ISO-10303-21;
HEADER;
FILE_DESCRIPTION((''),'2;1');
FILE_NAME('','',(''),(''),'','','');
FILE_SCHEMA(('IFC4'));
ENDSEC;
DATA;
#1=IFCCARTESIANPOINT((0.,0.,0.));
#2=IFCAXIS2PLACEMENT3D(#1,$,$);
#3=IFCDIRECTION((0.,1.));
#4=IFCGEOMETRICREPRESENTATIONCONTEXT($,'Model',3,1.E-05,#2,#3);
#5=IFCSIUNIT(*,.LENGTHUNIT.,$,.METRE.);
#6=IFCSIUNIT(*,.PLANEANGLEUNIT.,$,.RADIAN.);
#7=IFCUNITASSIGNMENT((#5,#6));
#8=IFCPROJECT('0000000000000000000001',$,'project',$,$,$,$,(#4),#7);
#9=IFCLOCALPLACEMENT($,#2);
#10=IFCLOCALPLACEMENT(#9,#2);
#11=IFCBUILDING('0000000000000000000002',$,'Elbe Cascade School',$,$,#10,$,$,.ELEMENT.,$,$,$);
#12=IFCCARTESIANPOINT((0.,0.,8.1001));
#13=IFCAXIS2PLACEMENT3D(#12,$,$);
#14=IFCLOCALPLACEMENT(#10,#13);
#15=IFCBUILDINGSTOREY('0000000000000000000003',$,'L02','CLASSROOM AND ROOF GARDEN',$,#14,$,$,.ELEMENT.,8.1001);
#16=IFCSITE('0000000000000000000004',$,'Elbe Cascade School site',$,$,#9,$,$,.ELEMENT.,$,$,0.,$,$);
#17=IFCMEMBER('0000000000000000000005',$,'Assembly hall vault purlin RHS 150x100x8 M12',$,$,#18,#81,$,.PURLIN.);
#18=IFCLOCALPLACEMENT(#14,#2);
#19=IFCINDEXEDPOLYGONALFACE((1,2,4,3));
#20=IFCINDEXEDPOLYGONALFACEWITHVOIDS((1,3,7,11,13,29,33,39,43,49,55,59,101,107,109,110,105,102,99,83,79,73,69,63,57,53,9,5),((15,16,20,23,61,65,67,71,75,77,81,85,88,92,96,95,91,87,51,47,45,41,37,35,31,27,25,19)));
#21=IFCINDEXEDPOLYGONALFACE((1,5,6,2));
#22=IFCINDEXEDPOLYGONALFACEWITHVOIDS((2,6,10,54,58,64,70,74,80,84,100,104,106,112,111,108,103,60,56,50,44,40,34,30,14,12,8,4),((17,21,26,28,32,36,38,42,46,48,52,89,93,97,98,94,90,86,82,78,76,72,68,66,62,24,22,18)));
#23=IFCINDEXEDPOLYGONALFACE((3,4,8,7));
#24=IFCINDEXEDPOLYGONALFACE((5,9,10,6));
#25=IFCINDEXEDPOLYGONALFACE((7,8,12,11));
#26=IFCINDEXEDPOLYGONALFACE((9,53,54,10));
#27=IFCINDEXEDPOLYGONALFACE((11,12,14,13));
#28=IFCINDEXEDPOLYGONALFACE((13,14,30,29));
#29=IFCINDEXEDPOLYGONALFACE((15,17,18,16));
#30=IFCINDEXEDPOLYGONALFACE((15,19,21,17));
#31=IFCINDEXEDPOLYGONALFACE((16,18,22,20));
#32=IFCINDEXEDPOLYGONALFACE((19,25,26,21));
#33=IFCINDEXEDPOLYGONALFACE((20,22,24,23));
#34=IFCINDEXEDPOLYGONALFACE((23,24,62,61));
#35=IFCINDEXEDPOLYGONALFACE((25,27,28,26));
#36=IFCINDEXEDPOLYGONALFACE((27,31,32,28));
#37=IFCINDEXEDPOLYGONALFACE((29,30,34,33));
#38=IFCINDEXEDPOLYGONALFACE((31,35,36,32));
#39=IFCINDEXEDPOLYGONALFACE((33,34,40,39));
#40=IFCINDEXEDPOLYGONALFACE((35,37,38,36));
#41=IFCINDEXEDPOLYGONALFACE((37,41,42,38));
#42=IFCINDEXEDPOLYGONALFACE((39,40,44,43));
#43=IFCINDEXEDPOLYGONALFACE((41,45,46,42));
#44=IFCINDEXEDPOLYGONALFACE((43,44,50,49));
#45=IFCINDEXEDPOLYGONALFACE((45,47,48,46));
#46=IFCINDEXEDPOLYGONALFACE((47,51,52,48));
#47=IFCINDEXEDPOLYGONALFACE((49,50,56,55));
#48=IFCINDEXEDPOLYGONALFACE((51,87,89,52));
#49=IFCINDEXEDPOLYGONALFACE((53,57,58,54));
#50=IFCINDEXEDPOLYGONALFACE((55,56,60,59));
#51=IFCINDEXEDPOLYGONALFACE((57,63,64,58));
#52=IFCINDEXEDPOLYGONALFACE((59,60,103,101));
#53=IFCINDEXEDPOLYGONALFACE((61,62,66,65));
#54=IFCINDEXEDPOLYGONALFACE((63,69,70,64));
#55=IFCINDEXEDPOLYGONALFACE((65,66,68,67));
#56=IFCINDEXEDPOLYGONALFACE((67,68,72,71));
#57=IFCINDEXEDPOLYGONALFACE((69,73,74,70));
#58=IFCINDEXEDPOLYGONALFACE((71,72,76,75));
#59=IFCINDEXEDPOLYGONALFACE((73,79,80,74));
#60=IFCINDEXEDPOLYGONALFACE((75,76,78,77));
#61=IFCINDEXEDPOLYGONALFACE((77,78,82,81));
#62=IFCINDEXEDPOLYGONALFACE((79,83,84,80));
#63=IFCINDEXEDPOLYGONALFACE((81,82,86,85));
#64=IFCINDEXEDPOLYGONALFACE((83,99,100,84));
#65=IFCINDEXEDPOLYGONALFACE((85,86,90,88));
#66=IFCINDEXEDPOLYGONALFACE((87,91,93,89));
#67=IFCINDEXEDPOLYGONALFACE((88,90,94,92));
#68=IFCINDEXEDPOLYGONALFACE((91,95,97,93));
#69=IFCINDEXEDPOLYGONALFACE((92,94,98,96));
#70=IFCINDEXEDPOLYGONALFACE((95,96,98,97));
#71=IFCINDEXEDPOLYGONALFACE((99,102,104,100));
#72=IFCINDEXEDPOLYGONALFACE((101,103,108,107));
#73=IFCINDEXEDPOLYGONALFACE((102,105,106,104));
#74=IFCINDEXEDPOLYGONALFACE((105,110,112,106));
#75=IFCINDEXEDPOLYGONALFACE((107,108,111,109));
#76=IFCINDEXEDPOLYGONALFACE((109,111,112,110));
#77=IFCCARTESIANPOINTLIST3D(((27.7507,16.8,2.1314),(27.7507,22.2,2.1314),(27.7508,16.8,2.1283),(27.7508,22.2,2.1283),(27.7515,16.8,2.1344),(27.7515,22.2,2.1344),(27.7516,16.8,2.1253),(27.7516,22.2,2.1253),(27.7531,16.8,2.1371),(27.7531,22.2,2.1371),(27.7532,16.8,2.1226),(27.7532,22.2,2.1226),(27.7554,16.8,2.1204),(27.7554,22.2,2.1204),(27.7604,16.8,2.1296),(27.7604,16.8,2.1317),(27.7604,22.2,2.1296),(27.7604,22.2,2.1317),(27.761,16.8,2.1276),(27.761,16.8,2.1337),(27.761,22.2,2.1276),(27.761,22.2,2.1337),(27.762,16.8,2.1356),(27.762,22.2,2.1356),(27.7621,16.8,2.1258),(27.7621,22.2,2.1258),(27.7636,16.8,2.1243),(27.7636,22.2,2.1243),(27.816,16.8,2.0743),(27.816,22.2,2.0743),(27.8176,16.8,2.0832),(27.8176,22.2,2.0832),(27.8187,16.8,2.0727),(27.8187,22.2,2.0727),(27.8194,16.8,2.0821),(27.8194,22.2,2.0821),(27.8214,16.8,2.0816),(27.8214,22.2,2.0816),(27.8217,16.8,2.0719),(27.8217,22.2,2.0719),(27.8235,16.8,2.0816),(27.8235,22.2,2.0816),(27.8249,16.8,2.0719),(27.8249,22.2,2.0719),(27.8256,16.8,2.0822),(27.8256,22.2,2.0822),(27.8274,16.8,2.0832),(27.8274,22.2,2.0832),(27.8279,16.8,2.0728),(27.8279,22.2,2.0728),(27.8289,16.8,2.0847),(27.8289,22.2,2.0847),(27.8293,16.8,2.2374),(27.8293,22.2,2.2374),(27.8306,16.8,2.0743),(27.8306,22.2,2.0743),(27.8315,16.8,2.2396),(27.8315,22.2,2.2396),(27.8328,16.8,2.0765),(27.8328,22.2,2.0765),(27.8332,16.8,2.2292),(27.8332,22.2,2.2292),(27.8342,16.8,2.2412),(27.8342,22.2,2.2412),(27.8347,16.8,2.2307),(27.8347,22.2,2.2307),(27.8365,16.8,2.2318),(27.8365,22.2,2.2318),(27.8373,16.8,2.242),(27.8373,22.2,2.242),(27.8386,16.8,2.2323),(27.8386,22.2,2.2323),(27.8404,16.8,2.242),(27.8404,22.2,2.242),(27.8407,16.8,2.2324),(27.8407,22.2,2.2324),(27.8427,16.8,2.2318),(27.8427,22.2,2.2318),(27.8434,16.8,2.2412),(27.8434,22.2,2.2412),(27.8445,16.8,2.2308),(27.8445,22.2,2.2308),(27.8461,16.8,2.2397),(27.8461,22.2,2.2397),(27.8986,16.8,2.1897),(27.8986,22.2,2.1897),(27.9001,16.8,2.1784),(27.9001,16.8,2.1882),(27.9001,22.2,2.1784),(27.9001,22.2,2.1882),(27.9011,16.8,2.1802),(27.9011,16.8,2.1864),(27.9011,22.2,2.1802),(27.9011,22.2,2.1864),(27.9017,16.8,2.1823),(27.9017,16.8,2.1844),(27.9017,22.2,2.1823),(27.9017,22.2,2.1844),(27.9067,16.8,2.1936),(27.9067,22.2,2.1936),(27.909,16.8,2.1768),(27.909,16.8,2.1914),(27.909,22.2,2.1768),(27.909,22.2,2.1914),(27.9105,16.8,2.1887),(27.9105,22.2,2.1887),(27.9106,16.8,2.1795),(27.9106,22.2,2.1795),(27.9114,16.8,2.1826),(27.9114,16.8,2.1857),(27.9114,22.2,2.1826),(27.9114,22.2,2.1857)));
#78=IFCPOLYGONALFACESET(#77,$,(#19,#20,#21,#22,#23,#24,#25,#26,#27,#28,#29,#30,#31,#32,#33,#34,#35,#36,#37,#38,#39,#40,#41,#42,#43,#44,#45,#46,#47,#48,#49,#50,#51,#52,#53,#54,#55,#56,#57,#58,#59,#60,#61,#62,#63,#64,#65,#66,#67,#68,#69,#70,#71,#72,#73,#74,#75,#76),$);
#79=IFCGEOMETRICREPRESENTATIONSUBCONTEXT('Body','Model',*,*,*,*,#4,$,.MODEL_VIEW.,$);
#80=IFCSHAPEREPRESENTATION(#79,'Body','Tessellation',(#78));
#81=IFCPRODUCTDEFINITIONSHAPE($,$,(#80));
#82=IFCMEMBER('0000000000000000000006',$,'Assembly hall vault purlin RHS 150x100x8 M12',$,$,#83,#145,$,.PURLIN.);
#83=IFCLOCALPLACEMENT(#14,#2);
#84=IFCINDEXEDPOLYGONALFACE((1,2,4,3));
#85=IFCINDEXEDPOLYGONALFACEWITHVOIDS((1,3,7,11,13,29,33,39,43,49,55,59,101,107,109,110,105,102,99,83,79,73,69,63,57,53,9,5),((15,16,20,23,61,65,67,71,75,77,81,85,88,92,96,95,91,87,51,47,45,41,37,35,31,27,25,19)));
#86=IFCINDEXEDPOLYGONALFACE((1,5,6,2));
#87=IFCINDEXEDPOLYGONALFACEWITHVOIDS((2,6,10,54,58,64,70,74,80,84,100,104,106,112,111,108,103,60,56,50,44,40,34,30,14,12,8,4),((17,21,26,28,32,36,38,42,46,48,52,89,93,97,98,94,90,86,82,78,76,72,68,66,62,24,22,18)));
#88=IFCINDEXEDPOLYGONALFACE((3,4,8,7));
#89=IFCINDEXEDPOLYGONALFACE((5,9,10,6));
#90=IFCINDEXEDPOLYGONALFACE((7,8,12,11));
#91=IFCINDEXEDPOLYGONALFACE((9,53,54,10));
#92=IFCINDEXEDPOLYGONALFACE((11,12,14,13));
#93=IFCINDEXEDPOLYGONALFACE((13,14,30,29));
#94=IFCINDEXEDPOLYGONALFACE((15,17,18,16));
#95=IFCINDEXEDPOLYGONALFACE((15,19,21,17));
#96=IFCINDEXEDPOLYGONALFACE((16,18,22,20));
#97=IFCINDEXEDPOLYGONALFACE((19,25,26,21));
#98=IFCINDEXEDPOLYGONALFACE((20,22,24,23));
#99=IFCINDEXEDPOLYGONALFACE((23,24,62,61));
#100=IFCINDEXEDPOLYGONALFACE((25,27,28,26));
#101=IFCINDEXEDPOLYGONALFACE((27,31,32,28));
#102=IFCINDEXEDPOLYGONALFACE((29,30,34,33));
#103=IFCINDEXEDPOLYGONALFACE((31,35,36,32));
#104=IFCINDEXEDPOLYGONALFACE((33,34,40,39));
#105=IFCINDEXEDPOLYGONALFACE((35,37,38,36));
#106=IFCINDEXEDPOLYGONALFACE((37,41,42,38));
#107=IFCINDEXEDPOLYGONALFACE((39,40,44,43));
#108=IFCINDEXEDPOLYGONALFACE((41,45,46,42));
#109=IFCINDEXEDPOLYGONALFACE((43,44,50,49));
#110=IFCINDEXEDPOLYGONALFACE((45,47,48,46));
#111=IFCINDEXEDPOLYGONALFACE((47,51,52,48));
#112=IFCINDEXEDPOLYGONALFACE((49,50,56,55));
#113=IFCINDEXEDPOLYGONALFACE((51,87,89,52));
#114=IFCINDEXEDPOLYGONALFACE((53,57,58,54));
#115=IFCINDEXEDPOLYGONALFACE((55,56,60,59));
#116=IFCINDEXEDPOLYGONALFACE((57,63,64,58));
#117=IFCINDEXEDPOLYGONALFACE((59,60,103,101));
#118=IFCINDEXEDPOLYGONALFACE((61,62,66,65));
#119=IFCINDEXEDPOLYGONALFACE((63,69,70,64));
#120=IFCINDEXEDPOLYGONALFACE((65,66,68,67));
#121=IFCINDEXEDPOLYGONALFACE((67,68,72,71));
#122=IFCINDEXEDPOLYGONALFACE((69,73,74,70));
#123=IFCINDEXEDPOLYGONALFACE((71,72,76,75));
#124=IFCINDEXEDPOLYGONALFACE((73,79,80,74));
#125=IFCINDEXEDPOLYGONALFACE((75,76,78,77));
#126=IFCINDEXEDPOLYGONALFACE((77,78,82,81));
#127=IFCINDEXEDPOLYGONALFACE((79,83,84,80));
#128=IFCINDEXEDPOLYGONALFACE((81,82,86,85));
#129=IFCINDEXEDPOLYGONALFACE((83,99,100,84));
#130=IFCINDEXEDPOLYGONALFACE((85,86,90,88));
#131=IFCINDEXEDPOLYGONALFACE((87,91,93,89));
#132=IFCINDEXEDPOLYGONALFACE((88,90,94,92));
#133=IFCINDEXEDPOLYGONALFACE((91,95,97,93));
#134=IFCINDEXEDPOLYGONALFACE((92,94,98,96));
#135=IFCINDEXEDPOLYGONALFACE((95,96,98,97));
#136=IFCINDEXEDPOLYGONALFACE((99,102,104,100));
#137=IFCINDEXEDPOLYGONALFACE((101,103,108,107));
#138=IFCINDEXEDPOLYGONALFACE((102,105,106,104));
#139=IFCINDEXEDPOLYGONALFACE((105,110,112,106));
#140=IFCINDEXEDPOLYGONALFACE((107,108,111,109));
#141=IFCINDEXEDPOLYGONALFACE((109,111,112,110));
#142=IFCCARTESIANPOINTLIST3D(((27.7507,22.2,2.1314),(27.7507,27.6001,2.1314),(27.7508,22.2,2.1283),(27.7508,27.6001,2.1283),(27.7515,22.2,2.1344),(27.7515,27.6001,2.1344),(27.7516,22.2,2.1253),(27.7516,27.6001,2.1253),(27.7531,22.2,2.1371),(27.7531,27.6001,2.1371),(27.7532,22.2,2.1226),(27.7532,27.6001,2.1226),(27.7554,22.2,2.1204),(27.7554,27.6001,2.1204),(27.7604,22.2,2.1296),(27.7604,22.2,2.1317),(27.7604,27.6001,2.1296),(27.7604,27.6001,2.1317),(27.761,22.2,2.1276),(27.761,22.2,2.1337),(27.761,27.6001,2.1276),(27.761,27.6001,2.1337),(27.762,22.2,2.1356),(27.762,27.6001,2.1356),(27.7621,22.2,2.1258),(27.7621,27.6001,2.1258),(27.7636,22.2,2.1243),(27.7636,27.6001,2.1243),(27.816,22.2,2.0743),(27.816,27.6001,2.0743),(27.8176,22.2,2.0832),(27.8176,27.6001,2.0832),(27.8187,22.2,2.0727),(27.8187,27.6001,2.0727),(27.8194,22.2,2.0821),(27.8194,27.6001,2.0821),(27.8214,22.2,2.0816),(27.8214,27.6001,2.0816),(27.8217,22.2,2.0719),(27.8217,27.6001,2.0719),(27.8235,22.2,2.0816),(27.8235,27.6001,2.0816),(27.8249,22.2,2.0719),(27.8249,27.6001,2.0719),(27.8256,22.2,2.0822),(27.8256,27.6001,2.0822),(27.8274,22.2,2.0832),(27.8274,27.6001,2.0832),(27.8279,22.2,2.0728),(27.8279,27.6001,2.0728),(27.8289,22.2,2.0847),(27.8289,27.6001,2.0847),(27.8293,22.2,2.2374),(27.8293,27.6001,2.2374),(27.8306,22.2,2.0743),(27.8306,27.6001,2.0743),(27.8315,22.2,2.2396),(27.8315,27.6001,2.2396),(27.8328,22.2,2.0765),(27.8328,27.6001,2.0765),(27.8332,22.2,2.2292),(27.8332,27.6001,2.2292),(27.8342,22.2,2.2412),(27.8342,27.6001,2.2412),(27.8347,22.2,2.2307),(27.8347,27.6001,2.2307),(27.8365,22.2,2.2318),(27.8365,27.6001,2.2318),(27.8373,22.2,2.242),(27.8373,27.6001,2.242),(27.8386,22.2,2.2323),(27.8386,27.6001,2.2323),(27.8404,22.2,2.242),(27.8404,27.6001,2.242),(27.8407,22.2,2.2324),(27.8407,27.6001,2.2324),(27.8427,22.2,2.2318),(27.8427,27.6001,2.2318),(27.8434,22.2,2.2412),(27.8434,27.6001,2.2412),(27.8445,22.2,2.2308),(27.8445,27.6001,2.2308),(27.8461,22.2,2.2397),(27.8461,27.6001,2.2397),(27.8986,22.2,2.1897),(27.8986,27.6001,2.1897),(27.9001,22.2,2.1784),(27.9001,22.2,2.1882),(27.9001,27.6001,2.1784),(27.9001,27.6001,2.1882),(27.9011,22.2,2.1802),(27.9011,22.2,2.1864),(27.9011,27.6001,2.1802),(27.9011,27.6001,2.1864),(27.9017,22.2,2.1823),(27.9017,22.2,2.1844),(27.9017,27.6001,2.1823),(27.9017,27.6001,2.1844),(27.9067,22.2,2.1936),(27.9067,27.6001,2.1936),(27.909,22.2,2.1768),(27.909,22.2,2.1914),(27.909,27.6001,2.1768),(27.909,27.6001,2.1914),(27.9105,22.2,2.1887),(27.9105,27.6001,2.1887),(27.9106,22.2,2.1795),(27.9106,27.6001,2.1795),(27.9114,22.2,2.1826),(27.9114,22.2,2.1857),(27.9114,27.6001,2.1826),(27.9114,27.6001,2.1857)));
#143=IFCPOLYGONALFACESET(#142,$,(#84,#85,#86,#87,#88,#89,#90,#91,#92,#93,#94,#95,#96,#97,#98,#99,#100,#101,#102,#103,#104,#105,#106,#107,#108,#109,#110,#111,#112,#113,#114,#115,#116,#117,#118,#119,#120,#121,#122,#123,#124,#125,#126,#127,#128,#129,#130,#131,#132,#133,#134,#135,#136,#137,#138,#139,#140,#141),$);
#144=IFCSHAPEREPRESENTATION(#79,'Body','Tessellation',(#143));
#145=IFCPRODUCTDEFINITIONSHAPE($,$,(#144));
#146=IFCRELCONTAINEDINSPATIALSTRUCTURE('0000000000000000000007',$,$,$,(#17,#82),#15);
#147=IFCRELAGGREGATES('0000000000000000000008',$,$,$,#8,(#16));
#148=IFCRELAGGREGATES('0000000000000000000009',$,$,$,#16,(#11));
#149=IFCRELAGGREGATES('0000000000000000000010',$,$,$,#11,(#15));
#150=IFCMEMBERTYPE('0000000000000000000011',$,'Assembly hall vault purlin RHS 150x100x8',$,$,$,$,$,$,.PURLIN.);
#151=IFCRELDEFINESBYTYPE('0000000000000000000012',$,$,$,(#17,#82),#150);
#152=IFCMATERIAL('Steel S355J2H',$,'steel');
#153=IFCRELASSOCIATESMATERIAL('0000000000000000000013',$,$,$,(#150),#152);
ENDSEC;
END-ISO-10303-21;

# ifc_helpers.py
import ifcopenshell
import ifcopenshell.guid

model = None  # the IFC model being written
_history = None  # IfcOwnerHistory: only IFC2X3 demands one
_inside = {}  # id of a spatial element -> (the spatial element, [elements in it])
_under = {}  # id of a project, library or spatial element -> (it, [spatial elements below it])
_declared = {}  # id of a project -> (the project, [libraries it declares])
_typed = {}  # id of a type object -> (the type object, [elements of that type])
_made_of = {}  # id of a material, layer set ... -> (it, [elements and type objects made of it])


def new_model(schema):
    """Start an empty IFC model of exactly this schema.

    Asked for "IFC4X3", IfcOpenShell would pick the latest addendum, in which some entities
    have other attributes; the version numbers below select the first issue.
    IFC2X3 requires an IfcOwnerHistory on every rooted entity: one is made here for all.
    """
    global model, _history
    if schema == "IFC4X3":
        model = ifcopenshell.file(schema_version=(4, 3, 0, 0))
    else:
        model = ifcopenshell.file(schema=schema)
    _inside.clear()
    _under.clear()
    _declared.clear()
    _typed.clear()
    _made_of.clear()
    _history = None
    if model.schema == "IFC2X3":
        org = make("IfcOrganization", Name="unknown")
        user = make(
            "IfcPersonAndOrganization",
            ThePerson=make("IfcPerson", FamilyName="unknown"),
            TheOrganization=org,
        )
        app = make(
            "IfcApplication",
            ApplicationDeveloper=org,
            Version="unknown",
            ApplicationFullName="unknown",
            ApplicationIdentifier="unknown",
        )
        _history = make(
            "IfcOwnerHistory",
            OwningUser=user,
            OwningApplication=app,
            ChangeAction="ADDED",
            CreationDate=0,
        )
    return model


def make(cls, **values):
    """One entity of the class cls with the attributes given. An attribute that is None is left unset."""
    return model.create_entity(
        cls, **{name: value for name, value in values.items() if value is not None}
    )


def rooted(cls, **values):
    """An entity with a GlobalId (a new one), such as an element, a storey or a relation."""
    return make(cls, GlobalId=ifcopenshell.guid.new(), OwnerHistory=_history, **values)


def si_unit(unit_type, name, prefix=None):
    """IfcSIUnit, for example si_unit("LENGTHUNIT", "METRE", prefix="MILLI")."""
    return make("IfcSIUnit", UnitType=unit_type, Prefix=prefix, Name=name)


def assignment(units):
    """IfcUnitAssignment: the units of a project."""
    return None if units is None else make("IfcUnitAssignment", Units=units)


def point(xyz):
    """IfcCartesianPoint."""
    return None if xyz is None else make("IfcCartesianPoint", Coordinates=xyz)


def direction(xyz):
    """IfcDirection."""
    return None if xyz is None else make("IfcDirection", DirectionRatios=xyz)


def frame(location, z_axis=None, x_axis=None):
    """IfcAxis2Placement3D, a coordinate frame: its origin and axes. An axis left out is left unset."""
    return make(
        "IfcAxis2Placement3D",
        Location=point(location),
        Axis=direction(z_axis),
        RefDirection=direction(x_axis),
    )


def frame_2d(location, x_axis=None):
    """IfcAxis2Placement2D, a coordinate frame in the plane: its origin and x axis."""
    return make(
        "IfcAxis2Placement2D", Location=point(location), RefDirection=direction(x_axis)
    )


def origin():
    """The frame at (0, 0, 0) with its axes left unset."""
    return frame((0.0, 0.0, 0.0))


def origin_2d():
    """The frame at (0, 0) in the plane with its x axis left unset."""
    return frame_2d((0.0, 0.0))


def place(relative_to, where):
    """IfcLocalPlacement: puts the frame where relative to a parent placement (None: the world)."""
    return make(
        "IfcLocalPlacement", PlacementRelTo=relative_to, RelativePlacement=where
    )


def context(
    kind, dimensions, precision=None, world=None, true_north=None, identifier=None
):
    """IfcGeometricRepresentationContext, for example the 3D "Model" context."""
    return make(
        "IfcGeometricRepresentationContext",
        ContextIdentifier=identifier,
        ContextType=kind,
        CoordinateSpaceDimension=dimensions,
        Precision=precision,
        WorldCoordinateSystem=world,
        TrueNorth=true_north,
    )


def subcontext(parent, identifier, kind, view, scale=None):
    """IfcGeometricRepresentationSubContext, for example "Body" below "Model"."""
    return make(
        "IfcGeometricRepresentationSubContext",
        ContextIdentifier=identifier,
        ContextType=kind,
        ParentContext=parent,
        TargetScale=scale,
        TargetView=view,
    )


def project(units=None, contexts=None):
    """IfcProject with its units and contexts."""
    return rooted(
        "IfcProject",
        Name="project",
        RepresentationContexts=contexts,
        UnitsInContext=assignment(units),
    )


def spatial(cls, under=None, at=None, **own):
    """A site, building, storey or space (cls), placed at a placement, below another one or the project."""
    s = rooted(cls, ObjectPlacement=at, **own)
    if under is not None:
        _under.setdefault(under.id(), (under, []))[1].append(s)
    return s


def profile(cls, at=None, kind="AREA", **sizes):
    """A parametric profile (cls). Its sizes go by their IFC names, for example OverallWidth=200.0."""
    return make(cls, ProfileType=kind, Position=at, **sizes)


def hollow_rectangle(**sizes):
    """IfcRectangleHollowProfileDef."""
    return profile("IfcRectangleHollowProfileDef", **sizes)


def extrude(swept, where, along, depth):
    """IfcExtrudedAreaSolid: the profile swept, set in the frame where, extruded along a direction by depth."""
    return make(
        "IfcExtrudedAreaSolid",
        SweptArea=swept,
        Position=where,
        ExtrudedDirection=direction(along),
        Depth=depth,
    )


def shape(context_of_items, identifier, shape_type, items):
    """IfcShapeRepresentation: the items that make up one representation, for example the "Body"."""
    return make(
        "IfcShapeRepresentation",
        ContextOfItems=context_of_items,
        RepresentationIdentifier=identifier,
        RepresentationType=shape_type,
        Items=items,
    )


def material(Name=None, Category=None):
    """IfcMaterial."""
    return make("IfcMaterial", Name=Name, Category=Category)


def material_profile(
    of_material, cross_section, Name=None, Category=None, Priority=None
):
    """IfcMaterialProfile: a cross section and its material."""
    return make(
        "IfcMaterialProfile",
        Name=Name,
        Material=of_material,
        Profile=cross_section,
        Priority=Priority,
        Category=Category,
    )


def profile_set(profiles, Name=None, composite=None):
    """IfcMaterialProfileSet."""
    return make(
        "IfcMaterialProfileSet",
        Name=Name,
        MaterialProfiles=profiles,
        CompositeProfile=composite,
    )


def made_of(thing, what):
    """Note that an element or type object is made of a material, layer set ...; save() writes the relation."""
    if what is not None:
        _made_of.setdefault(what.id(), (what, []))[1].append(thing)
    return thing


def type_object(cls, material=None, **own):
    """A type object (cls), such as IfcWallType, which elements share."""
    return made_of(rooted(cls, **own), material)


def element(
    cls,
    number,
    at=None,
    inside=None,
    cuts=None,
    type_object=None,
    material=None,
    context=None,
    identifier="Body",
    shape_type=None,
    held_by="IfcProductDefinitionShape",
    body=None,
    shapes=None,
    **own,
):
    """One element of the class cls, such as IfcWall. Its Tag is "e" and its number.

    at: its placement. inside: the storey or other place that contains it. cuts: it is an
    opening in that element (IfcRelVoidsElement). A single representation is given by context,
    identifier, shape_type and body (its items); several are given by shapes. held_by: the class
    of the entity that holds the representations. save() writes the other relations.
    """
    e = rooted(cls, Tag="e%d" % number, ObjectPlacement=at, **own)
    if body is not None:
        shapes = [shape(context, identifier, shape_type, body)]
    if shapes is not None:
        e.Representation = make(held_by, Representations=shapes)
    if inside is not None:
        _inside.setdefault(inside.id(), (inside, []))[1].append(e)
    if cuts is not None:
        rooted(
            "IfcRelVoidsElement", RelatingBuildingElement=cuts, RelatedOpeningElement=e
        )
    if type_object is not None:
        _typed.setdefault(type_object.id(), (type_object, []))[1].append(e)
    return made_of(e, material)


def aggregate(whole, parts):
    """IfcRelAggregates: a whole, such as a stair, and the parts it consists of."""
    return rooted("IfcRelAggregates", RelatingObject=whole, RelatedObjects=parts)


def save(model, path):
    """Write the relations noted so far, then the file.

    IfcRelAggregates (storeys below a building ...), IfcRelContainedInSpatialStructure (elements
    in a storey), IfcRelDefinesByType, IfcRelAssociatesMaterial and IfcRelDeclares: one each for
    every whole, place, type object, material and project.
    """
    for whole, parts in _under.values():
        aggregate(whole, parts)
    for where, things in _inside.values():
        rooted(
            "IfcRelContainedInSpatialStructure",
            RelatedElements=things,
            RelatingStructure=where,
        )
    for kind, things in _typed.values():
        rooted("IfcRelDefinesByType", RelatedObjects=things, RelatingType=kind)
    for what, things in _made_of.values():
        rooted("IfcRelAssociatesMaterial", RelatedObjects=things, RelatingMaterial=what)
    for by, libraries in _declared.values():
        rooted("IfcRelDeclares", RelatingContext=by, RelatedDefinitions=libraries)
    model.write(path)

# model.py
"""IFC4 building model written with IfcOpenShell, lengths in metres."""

from ifc_helpers import new_model, si_unit, direction, frame, origin, origin_2d, place, context, subcontext, project, spatial, hollow_rectangle, extrude, material, material_profile, profile_set, type_object, element, save


model = new_model("IFC4")

# Units and contexts
model_context = context("Model", 3, precision=1e-05, world=origin(), true_north=direction((0.0, 1.0)))
body_context = subcontext(model_context, "Body", "Model", "MODEL_VIEW")
ifc_project = project(units=[si_unit("LENGTHUNIT", "METRE"), si_unit("PLANEANGLEUNIT", "RADIAN")], contexts=[model_context])

# Site, building, storey
site_placement = place(None, origin())
site = spatial("IfcSite", under=ifc_project, at=site_placement, Name="Elbe Cascade School site", CompositionType="ELEMENT", RefElevation=0.0)
building_placement = place(site_placement, origin())
building = spatial("IfcBuilding", under=site, at=building_placement, Name="Elbe Cascade School", CompositionType="ELEMENT")
storey_placement = place(building_placement, frame((0.0, 0.0, 8.1001)))
storey = spatial("IfcBuildingStorey", under=building, at=storey_placement, Name="L02", Description="CLASSROOM AND ROOF GARDEN", CompositionType="ELEMENT", Elevation=8.1001)

# Members
ifc_material_1 = material(Name="Steel S355J2H", Category="steel")
ifc_material_profile_1 = material_profile(ifc_material_1, hollow_rectangle(XDim=0.1001, YDim=0.1499, WallThickness=0.0081, InnerFilletRadius=0.0081, OuterFilletRadius=0.012, at=origin_2d()), Name="RHS 150x100x8")
ifc_profile_set_1 = profile_set([ifc_material_profile_1], Name="Steel S355J2H")
member_type_1 = type_object("IfcMemberType", Name="Assembly hall vault purlin RHS 150x100x8", PredefinedType="PURLIN", material=ifc_profile_set_1)
member_1_placement = place(storey_placement, frame((27.8311, 16.8, 2.157), z_axis=(0.0, 1.0, 0.0), x_axis=(-0.795996, 0.0, 0.605302)))
element("IfcMember", 1, at=member_1_placement, inside=storey, type_object=member_type_1, Name="Assembly hall vault purlin RHS 150x100x8 M12", PredefinedType="PURLIN", context=body_context, shape_type="SweptSolid", body=[
    extrude(hollow_rectangle(XDim=0.1001, YDim=0.1499, WallThickness=0.0081, InnerFilletRadius=0.0081, OuterFilletRadius=0.012, at=origin_2d()), origin(), (0.0, 0.0, 1.0), 5.3999),
])
member_2_placement = place(storey_placement, frame((27.8311, 22.2, 2.157), z_axis=(0.0, 1.0, 0.0), x_axis=(-0.795996, 0.0, 0.605302)))
element("IfcMember", 2, at=member_2_placement, inside=storey, type_object=member_type_1, Name="Assembly hall vault purlin RHS 150x100x8 M12", PredefinedType="PURLIN", context=body_context, shape_type="SweptSolid", body=[
    extrude(hollow_rectangle(XDim=0.1001, YDim=0.1499, WallThickness=0.0081, InnerFilletRadius=0.0081, OuterFilletRadius=0.012, at=origin_2d()), origin(), (0.0, 0.0, 1.0), 5.4001),
])

save(model, "model.ifc")
